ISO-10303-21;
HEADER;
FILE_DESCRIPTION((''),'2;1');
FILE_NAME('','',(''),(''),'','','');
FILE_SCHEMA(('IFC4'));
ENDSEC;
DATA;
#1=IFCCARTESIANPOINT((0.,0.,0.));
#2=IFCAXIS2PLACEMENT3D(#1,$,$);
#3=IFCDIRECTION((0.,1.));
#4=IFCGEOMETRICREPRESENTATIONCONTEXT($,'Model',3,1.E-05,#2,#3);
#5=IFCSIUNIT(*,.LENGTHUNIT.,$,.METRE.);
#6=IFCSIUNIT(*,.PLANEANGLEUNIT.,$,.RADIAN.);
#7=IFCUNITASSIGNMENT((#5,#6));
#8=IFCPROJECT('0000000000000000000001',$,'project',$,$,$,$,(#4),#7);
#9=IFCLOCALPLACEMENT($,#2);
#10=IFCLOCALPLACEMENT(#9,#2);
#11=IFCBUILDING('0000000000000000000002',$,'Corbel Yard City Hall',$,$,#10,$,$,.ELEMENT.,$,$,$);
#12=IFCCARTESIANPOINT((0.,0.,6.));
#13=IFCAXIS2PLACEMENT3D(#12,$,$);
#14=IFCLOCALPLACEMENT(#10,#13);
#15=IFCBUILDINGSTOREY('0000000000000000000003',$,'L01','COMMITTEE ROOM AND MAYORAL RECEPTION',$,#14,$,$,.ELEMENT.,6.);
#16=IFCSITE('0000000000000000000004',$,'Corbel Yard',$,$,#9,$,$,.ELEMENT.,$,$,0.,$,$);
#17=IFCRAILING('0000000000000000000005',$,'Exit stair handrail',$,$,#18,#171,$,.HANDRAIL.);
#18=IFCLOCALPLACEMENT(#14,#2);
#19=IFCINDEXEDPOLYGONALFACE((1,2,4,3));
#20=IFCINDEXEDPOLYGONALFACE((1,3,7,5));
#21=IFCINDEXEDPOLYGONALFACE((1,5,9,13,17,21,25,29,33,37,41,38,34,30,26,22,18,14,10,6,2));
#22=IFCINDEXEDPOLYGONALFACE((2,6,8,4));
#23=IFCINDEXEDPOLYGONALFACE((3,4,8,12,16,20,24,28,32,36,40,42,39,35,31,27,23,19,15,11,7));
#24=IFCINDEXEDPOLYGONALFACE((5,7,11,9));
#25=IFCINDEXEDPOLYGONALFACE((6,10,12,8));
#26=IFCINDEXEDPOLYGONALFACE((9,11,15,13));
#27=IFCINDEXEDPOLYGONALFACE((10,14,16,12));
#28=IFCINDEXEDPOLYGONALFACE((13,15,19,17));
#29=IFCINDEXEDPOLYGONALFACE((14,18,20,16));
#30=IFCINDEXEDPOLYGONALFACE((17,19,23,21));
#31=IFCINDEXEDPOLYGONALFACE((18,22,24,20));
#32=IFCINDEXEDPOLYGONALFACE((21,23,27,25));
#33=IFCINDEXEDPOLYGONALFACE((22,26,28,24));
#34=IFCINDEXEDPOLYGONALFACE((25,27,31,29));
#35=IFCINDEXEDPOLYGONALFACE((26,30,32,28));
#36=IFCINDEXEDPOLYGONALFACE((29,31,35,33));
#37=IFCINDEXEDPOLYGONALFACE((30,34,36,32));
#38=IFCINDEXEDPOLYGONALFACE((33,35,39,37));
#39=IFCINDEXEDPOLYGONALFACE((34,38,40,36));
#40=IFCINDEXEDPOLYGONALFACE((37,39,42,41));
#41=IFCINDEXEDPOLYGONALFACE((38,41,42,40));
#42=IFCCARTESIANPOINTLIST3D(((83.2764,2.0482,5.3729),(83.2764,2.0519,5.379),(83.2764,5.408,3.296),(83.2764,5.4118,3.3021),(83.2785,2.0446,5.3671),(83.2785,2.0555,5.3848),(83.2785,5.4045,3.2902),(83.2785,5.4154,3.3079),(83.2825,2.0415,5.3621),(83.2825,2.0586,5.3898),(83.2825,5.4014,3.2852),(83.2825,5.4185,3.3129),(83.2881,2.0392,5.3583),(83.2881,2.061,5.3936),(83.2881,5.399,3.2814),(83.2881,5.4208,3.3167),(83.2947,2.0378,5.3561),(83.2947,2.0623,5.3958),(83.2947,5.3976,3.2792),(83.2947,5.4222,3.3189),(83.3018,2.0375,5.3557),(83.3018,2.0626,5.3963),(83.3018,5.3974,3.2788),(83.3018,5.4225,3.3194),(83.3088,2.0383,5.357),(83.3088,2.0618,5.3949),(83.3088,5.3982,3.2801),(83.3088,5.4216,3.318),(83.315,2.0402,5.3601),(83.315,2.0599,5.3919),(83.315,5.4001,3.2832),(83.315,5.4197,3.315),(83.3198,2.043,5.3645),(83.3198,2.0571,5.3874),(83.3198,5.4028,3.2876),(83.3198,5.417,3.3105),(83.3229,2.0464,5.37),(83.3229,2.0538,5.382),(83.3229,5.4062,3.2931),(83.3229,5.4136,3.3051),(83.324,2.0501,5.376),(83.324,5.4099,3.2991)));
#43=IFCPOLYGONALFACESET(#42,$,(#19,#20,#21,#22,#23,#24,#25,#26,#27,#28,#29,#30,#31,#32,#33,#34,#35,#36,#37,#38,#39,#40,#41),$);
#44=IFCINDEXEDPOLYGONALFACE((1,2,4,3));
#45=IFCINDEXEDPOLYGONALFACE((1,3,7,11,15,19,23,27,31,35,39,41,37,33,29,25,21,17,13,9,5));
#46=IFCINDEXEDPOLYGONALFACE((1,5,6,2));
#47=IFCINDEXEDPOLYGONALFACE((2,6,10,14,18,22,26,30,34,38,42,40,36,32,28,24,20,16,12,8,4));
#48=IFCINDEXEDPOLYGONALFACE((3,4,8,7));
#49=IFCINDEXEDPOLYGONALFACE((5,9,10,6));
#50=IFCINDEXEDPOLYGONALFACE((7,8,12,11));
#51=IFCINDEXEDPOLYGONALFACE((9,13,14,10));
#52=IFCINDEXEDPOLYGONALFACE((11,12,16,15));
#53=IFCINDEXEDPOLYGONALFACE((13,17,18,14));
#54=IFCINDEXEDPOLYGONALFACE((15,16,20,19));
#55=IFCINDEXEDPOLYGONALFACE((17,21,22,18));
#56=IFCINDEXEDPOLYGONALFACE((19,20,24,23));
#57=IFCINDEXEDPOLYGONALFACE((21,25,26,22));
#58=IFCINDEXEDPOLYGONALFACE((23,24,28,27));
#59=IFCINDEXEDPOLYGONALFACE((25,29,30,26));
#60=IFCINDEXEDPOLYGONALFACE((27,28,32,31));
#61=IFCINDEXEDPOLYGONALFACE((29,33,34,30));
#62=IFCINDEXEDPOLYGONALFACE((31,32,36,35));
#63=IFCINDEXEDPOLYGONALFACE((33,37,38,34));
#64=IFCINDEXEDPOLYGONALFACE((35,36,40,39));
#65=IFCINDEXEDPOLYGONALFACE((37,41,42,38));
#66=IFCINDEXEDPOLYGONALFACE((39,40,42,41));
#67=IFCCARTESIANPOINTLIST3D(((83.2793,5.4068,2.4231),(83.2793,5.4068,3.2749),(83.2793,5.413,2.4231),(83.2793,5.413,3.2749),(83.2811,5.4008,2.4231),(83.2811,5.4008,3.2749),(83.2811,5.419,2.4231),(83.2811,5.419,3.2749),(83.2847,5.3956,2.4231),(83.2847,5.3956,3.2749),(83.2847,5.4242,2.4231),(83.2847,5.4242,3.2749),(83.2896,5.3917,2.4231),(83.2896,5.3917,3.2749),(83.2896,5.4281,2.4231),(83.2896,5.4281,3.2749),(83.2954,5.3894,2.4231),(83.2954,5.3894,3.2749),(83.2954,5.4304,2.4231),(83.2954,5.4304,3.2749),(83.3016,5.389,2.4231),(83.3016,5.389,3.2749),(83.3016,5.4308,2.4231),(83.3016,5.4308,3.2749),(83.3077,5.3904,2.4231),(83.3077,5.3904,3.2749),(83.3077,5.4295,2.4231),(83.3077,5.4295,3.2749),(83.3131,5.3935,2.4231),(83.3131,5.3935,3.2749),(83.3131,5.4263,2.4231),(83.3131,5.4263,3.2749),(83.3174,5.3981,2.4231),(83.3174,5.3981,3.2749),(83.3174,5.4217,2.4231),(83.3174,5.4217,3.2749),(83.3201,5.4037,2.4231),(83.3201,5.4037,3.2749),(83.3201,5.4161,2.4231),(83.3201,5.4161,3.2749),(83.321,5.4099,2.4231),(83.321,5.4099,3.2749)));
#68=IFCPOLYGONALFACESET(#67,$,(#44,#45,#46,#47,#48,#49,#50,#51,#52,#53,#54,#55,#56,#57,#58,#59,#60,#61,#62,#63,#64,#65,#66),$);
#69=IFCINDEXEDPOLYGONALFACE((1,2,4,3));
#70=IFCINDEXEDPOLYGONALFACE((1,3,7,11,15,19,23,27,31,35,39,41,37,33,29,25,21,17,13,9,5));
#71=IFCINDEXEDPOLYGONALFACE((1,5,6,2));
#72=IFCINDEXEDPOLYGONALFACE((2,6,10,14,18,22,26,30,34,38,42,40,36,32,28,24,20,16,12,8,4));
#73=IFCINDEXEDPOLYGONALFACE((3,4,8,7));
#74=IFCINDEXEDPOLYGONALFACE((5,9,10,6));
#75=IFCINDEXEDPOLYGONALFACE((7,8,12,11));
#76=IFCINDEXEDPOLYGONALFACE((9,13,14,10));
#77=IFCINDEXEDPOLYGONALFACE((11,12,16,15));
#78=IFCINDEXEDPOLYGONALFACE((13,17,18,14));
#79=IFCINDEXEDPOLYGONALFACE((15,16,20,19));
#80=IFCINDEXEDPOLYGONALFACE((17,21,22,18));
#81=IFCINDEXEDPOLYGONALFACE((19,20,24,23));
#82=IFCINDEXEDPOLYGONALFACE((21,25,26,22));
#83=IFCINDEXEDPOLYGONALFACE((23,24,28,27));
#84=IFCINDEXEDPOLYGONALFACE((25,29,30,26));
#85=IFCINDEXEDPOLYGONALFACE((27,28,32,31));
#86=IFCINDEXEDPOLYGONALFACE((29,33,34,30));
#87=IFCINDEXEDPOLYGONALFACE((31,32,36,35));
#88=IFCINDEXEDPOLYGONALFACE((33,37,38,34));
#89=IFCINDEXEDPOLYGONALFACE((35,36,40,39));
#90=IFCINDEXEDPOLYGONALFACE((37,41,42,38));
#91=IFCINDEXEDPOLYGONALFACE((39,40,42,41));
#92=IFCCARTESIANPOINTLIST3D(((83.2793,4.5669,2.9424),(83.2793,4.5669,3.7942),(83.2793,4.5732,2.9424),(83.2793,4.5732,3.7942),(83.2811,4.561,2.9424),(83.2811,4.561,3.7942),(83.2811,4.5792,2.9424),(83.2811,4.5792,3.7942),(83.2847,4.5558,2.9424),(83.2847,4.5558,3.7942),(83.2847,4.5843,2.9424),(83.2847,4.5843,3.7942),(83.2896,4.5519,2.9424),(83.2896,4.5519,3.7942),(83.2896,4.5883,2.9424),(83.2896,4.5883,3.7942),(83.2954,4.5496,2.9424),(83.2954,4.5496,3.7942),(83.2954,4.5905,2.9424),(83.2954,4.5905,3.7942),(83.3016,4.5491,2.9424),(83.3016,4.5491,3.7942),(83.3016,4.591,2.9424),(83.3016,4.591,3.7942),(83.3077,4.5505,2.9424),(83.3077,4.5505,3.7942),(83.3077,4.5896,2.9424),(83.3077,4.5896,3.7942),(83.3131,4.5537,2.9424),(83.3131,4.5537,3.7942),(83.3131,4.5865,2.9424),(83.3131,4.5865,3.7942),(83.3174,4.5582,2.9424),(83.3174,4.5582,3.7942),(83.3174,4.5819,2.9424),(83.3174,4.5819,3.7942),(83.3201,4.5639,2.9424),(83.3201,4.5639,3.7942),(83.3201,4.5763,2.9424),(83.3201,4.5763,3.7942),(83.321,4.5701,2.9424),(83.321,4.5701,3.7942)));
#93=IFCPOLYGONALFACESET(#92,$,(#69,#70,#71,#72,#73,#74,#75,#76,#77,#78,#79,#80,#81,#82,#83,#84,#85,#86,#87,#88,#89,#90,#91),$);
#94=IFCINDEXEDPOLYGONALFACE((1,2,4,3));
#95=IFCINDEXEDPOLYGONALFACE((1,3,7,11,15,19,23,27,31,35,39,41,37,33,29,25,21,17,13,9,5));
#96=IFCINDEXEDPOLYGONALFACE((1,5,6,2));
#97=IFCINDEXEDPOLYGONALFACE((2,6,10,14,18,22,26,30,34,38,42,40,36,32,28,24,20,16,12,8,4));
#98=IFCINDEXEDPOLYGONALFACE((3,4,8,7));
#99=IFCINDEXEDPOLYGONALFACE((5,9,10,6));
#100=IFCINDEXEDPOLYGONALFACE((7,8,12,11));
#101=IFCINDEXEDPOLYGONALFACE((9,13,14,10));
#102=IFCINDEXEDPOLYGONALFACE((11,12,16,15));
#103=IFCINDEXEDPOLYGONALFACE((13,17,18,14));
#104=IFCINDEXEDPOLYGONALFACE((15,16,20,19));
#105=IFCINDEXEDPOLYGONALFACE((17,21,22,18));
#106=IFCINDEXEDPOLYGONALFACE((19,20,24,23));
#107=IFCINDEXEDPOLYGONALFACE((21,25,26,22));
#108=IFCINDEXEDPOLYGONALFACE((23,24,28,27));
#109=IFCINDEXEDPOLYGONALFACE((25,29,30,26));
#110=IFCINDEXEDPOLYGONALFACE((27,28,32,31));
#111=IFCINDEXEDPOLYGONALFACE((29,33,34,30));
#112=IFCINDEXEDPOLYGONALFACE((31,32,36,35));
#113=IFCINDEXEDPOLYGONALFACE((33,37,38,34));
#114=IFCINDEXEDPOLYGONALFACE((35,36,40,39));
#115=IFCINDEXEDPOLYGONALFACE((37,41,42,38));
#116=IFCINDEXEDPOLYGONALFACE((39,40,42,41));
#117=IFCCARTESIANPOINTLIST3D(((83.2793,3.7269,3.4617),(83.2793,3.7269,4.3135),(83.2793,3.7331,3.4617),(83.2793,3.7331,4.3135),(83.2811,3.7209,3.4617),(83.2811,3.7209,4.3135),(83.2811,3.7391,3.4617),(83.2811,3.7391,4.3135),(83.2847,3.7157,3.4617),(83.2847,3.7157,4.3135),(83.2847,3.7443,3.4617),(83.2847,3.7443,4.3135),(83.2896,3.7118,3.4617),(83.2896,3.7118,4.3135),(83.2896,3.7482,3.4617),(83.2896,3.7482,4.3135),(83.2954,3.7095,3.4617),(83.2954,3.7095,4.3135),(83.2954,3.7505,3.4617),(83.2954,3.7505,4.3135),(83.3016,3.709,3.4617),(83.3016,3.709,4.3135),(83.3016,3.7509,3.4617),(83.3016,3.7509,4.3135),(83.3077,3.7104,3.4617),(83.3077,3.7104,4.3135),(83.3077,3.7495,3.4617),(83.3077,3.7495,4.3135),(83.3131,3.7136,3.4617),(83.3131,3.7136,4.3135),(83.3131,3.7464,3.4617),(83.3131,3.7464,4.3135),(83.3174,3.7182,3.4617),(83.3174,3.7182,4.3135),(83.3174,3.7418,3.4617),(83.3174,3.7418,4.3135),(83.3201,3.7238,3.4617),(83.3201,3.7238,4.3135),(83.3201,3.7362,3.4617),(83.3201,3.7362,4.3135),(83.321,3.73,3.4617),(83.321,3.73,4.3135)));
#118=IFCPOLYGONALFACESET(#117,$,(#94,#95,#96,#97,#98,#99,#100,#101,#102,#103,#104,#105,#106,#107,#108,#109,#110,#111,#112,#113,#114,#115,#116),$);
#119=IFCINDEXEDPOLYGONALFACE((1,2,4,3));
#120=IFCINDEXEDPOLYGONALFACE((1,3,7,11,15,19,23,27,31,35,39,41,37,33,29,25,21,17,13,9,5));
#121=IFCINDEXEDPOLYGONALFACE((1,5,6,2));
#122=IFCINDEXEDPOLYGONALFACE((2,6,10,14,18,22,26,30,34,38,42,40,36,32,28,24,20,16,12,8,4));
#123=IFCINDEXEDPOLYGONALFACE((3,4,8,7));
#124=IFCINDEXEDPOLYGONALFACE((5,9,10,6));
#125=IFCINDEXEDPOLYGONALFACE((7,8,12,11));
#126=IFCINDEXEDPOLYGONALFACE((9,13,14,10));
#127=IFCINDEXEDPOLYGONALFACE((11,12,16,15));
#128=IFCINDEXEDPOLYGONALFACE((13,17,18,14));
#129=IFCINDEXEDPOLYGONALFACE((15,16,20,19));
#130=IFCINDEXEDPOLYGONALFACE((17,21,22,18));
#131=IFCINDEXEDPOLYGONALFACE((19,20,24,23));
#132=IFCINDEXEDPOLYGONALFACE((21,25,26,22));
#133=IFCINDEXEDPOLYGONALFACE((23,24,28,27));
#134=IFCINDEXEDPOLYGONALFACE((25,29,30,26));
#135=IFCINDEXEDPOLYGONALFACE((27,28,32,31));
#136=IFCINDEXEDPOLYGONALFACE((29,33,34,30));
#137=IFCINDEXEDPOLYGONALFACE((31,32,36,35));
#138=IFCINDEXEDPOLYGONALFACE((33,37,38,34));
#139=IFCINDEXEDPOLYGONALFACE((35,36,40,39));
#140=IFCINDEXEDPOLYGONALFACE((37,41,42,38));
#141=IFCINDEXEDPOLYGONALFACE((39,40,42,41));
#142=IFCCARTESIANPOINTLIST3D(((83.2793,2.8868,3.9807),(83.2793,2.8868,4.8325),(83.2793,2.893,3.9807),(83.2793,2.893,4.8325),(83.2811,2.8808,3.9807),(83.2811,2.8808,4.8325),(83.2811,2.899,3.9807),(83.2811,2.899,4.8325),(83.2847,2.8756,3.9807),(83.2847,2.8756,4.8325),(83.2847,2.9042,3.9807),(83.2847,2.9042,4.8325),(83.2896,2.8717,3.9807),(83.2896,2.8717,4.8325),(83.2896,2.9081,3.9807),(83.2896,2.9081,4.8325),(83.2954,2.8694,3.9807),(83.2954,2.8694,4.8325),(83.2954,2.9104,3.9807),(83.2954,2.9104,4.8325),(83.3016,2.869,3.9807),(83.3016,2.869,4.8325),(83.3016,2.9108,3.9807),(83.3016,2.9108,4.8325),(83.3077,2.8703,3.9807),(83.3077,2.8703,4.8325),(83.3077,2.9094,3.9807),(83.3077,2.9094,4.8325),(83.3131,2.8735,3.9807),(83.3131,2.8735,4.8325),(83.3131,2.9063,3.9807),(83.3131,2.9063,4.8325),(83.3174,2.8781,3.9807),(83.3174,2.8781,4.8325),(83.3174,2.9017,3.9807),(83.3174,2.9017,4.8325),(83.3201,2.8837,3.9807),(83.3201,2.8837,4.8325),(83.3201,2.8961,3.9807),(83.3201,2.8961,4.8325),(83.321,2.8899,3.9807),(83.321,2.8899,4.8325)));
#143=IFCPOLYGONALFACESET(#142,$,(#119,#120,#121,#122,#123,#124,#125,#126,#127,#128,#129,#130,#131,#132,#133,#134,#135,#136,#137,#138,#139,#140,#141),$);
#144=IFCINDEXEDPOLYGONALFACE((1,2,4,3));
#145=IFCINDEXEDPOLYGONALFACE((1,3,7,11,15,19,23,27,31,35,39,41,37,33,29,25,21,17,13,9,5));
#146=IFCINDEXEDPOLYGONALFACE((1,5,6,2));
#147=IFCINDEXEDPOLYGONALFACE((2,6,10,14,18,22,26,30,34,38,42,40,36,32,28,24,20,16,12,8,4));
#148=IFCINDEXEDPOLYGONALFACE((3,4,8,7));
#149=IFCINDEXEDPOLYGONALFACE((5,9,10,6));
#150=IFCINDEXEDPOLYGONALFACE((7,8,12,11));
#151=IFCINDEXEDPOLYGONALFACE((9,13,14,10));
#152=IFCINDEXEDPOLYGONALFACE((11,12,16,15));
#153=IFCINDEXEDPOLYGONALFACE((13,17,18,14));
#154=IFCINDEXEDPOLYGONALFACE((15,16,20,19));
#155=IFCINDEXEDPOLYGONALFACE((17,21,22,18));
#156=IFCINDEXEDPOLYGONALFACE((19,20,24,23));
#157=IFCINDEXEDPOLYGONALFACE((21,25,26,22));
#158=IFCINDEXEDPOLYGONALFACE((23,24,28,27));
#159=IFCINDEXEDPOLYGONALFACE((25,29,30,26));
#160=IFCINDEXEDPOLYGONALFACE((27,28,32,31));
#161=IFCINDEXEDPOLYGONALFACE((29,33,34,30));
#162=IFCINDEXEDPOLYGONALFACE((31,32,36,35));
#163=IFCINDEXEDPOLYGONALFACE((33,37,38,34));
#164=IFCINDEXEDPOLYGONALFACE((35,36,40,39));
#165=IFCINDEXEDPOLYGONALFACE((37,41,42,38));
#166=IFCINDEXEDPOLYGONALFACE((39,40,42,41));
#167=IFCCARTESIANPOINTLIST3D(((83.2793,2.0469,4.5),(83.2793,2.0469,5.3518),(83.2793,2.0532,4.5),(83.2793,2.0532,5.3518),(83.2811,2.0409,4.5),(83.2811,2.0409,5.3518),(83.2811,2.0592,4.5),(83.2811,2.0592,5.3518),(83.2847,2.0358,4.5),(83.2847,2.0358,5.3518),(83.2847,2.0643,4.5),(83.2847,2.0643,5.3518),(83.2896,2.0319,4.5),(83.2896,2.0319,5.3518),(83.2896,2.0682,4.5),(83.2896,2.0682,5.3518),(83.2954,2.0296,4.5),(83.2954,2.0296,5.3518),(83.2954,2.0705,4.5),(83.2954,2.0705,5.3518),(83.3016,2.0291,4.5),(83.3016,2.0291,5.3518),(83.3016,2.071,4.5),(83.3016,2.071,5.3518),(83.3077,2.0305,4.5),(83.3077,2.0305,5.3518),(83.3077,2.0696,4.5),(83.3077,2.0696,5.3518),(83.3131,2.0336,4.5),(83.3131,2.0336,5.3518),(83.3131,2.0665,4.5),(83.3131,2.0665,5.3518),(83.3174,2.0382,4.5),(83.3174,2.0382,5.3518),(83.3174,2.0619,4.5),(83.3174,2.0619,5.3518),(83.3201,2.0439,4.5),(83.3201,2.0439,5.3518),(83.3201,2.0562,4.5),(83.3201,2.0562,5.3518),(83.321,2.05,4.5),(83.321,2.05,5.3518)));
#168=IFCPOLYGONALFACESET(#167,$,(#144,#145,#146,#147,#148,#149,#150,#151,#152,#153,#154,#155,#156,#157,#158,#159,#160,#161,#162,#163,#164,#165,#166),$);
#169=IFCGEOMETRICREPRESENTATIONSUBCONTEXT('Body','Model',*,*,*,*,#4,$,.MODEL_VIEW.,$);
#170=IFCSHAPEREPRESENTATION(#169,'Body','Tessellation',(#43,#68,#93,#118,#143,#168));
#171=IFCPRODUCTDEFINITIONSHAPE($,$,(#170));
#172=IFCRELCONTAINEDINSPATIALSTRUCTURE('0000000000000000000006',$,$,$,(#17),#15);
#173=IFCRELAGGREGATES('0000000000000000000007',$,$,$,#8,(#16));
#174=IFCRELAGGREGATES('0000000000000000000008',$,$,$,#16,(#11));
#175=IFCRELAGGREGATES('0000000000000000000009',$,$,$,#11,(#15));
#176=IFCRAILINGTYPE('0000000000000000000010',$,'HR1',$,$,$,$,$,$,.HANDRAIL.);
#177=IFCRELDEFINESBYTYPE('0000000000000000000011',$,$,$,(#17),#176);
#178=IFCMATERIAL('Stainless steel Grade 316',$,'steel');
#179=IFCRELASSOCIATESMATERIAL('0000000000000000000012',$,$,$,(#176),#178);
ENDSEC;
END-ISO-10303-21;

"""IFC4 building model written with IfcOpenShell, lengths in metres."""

from ifc_helpers import new_model, si_unit, direction, frame, origin, origin_2d, place, context, subcontext, project, spatial, circle, extrude, material, type_object, element, save


model = new_model("IFC4")

# Units and contexts
model_context = context("Model", 3, precision=1e-05, world=origin(), true_north=direction((0.0, 1.0)))
body_context = subcontext(model_context, "Body", "Model", "MODEL_VIEW")
ifc_project = project(units=[si_unit("LENGTHUNIT", "METRE"), si_unit("PLANEANGLEUNIT", "RADIAN")], contexts=[model_context])

# Site, building, storey
site_placement = place(None, origin())
site = spatial("IfcSite", under=ifc_project, at=site_placement, Name="Corbel Yard", CompositionType="ELEMENT", RefElevation=0.0)
building_placement = place(site_placement, origin())
building = spatial("IfcBuilding", under=site, at=building_placement, Name="Corbel Yard City Hall", CompositionType="ELEMENT")
storey_placement = place(building_placement, frame((0.0, 0.0, 6.0)))
storey = spatial("IfcBuildingStorey", under=building, at=storey_placement, Name="L01", Description="COMMITTEE ROOM AND MAYORAL RECEPTION", CompositionType="ELEMENT", Elevation=6.0)

# Shared definitions
ifc_material_1 = material(Name="Stainless steel Grade 316", Category="steel")

# Railing
railing_type_1 = type_object("IfcRailingType", Name="HR1", PredefinedType="HANDRAIL", material=ifc_material_1)
for number, where, name in (
    (1, (83.3, 5.4099, 2.4231), "Exit stair handrail"),
):
    element("IfcRailing", number, at=place(storey_placement, frame(where)), inside=storey, type_object=railing_type_1, Name=name, PredefinedType="HANDRAIL", context=body_context, shape_type="SweptSolid", body=[
        extrude(circle(Radius=0.0239, at=origin_2d()), frame((0.0, 0.0, 0.876), z_axis=(0.0, -0.850606, 0.525803), x_axis=(1.0, 0.0, 0.0)), (0.0, 0.0, 1.0), 3.95),
        extrude(circle(Radius=0.021, at=origin_2d()), origin(), (0.0, 0.0, 1.0), 0.8518),
        extrude(circle(Radius=0.021, at=origin_2d()), frame((0.0, -0.8398, 0.5193)), (0.0, 0.0, 1.0), 0.8518),
        extrude(circle(Radius=0.021, at=origin_2d()), frame((0.0, -1.6799, 1.0386)), (0.0, 0.0, 1.0), 0.8518),
        extrude(circle(Radius=0.021, at=origin_2d()), frame((0.0, -2.52, 1.5576)), (0.0, 0.0, 1.0), 0.8518),
        extrude(circle(Radius=0.021, at=origin_2d()), frame((0.0, -3.3599, 2.0769)), (0.0, 0.0, 1.0), 0.8518),
    ])

save(model, "model.ifc")
